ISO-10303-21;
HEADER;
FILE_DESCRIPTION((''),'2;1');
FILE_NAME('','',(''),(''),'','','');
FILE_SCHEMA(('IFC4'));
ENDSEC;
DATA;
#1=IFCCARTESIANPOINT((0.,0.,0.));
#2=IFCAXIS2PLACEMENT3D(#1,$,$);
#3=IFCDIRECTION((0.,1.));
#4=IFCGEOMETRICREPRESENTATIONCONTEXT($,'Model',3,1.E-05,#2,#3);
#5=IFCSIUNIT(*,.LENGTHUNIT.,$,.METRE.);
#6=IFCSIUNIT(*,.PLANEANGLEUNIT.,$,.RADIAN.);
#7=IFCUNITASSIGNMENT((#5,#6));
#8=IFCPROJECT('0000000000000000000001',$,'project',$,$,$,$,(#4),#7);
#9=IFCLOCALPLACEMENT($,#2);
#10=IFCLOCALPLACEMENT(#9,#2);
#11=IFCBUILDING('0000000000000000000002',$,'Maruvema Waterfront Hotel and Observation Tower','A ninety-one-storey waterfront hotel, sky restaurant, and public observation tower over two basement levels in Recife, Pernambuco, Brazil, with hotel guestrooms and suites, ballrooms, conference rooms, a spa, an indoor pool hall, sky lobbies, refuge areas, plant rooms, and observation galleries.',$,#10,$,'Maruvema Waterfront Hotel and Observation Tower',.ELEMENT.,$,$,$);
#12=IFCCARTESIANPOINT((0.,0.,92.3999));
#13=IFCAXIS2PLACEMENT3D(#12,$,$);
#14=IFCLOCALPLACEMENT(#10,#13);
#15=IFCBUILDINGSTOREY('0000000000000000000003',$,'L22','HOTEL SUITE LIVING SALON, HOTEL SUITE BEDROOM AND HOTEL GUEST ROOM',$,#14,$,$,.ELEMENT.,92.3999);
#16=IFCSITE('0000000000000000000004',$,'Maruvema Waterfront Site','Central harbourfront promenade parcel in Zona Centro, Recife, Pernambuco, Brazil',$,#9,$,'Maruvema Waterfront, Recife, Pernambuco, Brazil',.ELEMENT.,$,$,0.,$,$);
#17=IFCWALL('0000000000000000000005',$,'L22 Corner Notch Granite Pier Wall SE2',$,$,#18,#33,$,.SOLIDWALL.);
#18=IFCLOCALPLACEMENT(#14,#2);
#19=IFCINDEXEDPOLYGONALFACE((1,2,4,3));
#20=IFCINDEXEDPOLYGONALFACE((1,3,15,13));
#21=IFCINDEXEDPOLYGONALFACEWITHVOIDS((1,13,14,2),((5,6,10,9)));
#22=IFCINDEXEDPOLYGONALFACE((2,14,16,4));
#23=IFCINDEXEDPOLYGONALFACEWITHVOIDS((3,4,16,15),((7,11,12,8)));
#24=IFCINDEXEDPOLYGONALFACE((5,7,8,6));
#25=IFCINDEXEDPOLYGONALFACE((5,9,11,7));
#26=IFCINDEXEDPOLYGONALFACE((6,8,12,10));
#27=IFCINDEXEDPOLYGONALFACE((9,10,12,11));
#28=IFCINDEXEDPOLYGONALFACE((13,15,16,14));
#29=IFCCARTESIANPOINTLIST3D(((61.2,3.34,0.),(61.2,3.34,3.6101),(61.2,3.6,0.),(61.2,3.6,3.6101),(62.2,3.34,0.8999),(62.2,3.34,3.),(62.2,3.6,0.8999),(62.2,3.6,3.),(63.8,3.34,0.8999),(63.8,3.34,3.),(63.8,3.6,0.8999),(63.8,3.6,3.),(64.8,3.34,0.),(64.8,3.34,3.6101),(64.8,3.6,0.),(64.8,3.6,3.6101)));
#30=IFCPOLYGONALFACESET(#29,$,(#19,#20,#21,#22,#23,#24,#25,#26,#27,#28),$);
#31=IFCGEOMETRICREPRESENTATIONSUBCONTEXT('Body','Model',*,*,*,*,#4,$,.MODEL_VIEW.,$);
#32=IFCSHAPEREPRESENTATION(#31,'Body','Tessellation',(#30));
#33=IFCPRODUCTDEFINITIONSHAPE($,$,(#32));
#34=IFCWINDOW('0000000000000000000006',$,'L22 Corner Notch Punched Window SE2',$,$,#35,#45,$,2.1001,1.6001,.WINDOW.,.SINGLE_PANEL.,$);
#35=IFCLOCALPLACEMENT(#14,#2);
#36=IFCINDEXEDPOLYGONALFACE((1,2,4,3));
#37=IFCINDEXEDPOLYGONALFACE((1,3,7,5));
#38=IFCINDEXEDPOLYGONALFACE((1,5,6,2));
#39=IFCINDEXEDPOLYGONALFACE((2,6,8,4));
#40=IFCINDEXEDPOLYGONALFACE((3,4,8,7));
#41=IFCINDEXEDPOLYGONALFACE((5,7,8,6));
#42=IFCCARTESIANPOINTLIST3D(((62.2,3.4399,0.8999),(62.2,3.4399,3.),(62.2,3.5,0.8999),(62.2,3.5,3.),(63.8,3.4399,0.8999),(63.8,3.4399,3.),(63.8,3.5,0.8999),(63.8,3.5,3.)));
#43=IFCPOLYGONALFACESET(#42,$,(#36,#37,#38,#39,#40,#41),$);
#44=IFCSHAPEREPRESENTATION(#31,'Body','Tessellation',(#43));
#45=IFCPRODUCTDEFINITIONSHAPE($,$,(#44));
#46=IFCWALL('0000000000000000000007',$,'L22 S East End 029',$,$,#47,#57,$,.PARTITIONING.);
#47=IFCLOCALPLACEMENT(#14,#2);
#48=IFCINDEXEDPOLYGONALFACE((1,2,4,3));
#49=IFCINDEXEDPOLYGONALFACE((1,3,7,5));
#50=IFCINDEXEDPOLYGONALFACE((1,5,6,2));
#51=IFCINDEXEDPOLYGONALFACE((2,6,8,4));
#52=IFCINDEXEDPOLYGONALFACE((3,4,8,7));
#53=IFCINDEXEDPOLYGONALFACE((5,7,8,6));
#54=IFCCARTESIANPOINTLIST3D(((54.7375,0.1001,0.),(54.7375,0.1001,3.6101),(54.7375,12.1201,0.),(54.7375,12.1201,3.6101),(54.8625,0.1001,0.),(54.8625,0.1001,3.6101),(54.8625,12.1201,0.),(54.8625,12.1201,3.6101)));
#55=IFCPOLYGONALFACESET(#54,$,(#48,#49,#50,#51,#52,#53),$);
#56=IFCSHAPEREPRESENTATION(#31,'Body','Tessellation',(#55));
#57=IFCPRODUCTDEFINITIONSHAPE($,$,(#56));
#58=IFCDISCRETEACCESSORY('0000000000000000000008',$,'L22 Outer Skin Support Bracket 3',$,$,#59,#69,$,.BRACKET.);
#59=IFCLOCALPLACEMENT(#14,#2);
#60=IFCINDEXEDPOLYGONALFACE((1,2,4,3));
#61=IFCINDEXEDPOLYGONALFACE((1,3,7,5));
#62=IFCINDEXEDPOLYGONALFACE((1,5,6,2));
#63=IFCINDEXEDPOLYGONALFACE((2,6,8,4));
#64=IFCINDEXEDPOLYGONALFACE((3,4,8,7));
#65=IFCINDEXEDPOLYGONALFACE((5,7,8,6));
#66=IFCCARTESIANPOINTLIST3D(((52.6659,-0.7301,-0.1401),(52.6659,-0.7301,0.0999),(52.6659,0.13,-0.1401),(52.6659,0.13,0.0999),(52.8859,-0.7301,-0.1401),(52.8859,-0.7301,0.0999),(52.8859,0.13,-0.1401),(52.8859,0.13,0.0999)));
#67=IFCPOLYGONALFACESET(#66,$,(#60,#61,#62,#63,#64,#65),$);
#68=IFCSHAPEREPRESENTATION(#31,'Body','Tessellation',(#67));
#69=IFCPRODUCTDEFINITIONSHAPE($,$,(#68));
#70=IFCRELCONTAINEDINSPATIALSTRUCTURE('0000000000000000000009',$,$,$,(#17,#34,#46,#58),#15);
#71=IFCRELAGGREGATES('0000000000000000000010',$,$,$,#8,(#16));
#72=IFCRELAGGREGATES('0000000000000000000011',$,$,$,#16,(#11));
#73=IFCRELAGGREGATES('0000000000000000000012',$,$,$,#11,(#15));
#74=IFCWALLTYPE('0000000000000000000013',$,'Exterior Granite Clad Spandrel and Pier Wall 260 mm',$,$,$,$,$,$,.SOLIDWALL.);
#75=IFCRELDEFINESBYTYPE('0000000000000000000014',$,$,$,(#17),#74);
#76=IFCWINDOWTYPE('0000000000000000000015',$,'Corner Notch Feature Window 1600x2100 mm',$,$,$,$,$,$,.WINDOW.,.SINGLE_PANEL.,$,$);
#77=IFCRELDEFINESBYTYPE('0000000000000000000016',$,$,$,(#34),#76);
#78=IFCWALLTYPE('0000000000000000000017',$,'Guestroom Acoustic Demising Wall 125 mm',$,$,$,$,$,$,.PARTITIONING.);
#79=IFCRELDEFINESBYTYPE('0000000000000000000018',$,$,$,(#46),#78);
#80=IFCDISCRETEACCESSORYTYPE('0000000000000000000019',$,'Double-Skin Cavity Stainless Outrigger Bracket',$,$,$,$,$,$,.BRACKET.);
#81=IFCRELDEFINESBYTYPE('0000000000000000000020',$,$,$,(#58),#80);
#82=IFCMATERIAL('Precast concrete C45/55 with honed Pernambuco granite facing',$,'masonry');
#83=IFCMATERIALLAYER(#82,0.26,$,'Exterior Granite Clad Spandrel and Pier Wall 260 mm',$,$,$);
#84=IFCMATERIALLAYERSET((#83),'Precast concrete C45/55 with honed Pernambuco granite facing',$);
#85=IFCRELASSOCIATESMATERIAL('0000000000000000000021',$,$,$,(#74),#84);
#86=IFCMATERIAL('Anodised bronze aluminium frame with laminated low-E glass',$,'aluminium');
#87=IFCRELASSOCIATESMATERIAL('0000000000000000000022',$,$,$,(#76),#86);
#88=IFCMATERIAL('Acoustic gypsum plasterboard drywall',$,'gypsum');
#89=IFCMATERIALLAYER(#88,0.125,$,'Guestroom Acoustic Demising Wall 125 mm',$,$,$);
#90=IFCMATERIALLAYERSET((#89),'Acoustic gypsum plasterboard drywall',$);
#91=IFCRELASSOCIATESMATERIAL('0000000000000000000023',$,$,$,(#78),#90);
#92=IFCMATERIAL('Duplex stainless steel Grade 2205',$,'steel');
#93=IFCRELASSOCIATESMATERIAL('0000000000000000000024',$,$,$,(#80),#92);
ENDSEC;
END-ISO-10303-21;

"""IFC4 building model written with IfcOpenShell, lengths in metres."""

from ifc_helpers import new_model, si_unit, direction, frame, frame_2d, origin, origin_2d, place, context, subcontext, project, spatial, rectangle, extrude, material, layer, layer_set, type_object, element, fill, save


model = new_model("IFC4")

# Units and contexts
model_context = context("Model", 3, precision=1e-05, world=origin(), true_north=direction((0.0, 1.0)))
body_context = subcontext(model_context, "Body", "Model", "MODEL_VIEW")
ifc_project = project(units=[si_unit("LENGTHUNIT", "METRE"), si_unit("PLANEANGLEUNIT", "RADIAN")], contexts=[model_context])

# Site, building, storey
site_placement = place(None, origin())
site = spatial("IfcSite", under=ifc_project, at=site_placement, Name="Maruvema Waterfront Site", Description="Central harbourfront promenade parcel in Zona Centro, Recife, Pernambuco, Brazil", LongName="Maruvema Waterfront, Recife, Pernambuco, Brazil", CompositionType="ELEMENT", RefElevation=0.0)
building_placement = place(site_placement, origin())
building = spatial("IfcBuilding", under=site, at=building_placement, Name="Maruvema Waterfront Hotel and Observation Tower", Description="A ninety-one-storey waterfront hotel, sky restaurant, and public observation tower over two basement levels in Recife, Pernambuco, Brazil, with hotel guestrooms and suites, ballrooms, conference rooms, a spa, an indoor pool hall, sky lobbies, refuge areas, plant rooms, and observation galleries.", LongName="Maruvema Waterfront Hotel and Observation Tower", CompositionType="ELEMENT")
storey_placement = place(building_placement, frame((0.0, 0.0, 92.3999)))
storey = spatial("IfcBuildingStorey", under=building, at=storey_placement, Name="L22", Description="HOTEL SUITE LIVING SALON, HOTEL SUITE BEDROOM AND HOTEL GUEST ROOM", CompositionType="ELEMENT", Elevation=92.3999)

# Shared definitions
ifc_material_1 = material(Name="Precast concrete C45/55 with honed Pernambuco granite facing", Category="masonry")
ifc_layer_1 = layer(ifc_material_1, 0.26, Name="Exterior Granite Clad Spandrel and Pier Wall 260 mm")
ifc_layer_set_1 = layer_set([ifc_layer_1], Name="Precast concrete C45/55 with honed Pernambuco granite facing")
wall_type_1 = type_object("IfcWallType", Name="Exterior Granite Clad Spandrel and Pier Wall 260 mm", PredefinedType="SOLIDWALL", material=ifc_layer_set_1)

# Wall, opening, window
wall_1_placement = place(storey_placement, frame((64.8, 3.47, 0.0), z_axis=(0.0, 0.0, 1.0), x_axis=(-1.0, 0.0, 0.0)))
wall_1 = element("IfcWall", 1, at=wall_1_placement, inside=storey, type_object=wall_type_1, Name="L22 Corner Notch Granite Pier Wall SE2", PredefinedType="SOLIDWALL", context=body_context, shape_type="SweptSolid", body=[
    extrude(rectangle(XDim=3.6001, YDim=0.26, at=frame_2d((1.8, 0.0))), origin(), (0.0, 0.0, 1.0), 3.6101),
])
opening_1_placement = place(wall_1_placement, frame((1.0, 0.0, 0.8999)))
opening_1 = element("IfcOpeningElement", 2, at=opening_1_placement, cuts=wall_1, PredefinedType="OPENING", context=body_context, shape_type="SweptSolid", body=[
    extrude(rectangle(XDim=1.6001, YDim=2.1001, at=frame_2d((0.8, 1.05))), frame((0.0, 0.1401, 0.0), z_axis=(0.0, -1.0, 0.0), x_axis=(1.0, 0.0, 0.0)), (0.0, 0.0, 1.0), 0.28),
])
ifc_material_2 = material(Name="Anodised bronze aluminium frame with laminated low-E glass", Category="aluminium")
window_type = type_object("IfcWindowType", Name="Corner Notch Feature Window 1600x2100 mm", PartitioningType="SINGLE_PANEL", PredefinedType="WINDOW", material=ifc_material_2)
window_placement = place(opening_1_placement, origin())
window = element("IfcWindow", 3, at=window_placement, inside=storey, type_object=window_type, Name="L22 Corner Notch Punched Window SE2", OverallHeight=2.1001, OverallWidth=1.6001, PartitioningType="SINGLE_PANEL", PredefinedType="WINDOW", context=body_context, shape_type="SweptSolid", body=[
    extrude(rectangle(XDim=1.6001, YDim=2.1001, at=frame_2d((0.8, 1.05))), frame((0.0, 0.03, 0.0), z_axis=(0.0, -1.0, 0.0), x_axis=(1.0, 0.0, 0.0)), (0.0, 0.0, 1.0), 0.0601),
])
fill(opening_1, window)

# Wall
ifc_material_3 = material(Name="Acoustic gypsum plasterboard drywall", Category="gypsum")
ifc_layer_2 = layer(ifc_material_3, 0.125, Name="Guestroom Acoustic Demising Wall 125 mm")
ifc_layer_set_2 = layer_set([ifc_layer_2], Name="Acoustic gypsum plasterboard drywall")
wall_type_2 = type_object("IfcWallType", Name="Guestroom Acoustic Demising Wall 125 mm", PredefinedType="PARTITIONING", material=ifc_layer_set_2)
wall_2_placement = place(storey_placement, frame((54.8, 0.1001, 0.0), z_axis=(0.0, 0.0, 1.0), x_axis=(0.0, 1.0, 0.0)))
element("IfcWall", 4, at=wall_2_placement, inside=storey, type_object=wall_type_2, Name="L22 S East End 029", PredefinedType="PARTITIONING", context=body_context, shape_type="SweptSolid", body=[
    extrude(rectangle(XDim=12.02, YDim=0.125, at=frame_2d((6.01, 0.0))), origin(), (0.0, 0.0, 1.0), 3.6101),
])

# Discrete accessory
ifc_material_4 = material(Name="Duplex stainless steel Grade 2205", Category="steel")
discrete_accessory_type = type_object("IfcDiscreteAccessoryType", Name="Double-Skin Cavity Stainless Outrigger Bracket", PredefinedType="BRACKET", material=ifc_material_4)
discrete_accessory_placement = place(storey_placement, frame((52.7759, -0.3, -0.1401), z_axis=(0.0, 0.0, 1.0), x_axis=(1.0, 0.0, 0.0)))
element("IfcDiscreteAccessory", 5, at=discrete_accessory_placement, inside=storey, type_object=discrete_accessory_type, Name="L22 Outer Skin Support Bracket 3", PredefinedType="BRACKET", context=body_context, shape_type="SweptSolid", body=[
    extrude(rectangle(XDim=0.22, YDim=0.8601, at=origin_2d()), origin(), (0.0, 0.0, 1.0), 0.24),
])

save(model, "model.ifc")
